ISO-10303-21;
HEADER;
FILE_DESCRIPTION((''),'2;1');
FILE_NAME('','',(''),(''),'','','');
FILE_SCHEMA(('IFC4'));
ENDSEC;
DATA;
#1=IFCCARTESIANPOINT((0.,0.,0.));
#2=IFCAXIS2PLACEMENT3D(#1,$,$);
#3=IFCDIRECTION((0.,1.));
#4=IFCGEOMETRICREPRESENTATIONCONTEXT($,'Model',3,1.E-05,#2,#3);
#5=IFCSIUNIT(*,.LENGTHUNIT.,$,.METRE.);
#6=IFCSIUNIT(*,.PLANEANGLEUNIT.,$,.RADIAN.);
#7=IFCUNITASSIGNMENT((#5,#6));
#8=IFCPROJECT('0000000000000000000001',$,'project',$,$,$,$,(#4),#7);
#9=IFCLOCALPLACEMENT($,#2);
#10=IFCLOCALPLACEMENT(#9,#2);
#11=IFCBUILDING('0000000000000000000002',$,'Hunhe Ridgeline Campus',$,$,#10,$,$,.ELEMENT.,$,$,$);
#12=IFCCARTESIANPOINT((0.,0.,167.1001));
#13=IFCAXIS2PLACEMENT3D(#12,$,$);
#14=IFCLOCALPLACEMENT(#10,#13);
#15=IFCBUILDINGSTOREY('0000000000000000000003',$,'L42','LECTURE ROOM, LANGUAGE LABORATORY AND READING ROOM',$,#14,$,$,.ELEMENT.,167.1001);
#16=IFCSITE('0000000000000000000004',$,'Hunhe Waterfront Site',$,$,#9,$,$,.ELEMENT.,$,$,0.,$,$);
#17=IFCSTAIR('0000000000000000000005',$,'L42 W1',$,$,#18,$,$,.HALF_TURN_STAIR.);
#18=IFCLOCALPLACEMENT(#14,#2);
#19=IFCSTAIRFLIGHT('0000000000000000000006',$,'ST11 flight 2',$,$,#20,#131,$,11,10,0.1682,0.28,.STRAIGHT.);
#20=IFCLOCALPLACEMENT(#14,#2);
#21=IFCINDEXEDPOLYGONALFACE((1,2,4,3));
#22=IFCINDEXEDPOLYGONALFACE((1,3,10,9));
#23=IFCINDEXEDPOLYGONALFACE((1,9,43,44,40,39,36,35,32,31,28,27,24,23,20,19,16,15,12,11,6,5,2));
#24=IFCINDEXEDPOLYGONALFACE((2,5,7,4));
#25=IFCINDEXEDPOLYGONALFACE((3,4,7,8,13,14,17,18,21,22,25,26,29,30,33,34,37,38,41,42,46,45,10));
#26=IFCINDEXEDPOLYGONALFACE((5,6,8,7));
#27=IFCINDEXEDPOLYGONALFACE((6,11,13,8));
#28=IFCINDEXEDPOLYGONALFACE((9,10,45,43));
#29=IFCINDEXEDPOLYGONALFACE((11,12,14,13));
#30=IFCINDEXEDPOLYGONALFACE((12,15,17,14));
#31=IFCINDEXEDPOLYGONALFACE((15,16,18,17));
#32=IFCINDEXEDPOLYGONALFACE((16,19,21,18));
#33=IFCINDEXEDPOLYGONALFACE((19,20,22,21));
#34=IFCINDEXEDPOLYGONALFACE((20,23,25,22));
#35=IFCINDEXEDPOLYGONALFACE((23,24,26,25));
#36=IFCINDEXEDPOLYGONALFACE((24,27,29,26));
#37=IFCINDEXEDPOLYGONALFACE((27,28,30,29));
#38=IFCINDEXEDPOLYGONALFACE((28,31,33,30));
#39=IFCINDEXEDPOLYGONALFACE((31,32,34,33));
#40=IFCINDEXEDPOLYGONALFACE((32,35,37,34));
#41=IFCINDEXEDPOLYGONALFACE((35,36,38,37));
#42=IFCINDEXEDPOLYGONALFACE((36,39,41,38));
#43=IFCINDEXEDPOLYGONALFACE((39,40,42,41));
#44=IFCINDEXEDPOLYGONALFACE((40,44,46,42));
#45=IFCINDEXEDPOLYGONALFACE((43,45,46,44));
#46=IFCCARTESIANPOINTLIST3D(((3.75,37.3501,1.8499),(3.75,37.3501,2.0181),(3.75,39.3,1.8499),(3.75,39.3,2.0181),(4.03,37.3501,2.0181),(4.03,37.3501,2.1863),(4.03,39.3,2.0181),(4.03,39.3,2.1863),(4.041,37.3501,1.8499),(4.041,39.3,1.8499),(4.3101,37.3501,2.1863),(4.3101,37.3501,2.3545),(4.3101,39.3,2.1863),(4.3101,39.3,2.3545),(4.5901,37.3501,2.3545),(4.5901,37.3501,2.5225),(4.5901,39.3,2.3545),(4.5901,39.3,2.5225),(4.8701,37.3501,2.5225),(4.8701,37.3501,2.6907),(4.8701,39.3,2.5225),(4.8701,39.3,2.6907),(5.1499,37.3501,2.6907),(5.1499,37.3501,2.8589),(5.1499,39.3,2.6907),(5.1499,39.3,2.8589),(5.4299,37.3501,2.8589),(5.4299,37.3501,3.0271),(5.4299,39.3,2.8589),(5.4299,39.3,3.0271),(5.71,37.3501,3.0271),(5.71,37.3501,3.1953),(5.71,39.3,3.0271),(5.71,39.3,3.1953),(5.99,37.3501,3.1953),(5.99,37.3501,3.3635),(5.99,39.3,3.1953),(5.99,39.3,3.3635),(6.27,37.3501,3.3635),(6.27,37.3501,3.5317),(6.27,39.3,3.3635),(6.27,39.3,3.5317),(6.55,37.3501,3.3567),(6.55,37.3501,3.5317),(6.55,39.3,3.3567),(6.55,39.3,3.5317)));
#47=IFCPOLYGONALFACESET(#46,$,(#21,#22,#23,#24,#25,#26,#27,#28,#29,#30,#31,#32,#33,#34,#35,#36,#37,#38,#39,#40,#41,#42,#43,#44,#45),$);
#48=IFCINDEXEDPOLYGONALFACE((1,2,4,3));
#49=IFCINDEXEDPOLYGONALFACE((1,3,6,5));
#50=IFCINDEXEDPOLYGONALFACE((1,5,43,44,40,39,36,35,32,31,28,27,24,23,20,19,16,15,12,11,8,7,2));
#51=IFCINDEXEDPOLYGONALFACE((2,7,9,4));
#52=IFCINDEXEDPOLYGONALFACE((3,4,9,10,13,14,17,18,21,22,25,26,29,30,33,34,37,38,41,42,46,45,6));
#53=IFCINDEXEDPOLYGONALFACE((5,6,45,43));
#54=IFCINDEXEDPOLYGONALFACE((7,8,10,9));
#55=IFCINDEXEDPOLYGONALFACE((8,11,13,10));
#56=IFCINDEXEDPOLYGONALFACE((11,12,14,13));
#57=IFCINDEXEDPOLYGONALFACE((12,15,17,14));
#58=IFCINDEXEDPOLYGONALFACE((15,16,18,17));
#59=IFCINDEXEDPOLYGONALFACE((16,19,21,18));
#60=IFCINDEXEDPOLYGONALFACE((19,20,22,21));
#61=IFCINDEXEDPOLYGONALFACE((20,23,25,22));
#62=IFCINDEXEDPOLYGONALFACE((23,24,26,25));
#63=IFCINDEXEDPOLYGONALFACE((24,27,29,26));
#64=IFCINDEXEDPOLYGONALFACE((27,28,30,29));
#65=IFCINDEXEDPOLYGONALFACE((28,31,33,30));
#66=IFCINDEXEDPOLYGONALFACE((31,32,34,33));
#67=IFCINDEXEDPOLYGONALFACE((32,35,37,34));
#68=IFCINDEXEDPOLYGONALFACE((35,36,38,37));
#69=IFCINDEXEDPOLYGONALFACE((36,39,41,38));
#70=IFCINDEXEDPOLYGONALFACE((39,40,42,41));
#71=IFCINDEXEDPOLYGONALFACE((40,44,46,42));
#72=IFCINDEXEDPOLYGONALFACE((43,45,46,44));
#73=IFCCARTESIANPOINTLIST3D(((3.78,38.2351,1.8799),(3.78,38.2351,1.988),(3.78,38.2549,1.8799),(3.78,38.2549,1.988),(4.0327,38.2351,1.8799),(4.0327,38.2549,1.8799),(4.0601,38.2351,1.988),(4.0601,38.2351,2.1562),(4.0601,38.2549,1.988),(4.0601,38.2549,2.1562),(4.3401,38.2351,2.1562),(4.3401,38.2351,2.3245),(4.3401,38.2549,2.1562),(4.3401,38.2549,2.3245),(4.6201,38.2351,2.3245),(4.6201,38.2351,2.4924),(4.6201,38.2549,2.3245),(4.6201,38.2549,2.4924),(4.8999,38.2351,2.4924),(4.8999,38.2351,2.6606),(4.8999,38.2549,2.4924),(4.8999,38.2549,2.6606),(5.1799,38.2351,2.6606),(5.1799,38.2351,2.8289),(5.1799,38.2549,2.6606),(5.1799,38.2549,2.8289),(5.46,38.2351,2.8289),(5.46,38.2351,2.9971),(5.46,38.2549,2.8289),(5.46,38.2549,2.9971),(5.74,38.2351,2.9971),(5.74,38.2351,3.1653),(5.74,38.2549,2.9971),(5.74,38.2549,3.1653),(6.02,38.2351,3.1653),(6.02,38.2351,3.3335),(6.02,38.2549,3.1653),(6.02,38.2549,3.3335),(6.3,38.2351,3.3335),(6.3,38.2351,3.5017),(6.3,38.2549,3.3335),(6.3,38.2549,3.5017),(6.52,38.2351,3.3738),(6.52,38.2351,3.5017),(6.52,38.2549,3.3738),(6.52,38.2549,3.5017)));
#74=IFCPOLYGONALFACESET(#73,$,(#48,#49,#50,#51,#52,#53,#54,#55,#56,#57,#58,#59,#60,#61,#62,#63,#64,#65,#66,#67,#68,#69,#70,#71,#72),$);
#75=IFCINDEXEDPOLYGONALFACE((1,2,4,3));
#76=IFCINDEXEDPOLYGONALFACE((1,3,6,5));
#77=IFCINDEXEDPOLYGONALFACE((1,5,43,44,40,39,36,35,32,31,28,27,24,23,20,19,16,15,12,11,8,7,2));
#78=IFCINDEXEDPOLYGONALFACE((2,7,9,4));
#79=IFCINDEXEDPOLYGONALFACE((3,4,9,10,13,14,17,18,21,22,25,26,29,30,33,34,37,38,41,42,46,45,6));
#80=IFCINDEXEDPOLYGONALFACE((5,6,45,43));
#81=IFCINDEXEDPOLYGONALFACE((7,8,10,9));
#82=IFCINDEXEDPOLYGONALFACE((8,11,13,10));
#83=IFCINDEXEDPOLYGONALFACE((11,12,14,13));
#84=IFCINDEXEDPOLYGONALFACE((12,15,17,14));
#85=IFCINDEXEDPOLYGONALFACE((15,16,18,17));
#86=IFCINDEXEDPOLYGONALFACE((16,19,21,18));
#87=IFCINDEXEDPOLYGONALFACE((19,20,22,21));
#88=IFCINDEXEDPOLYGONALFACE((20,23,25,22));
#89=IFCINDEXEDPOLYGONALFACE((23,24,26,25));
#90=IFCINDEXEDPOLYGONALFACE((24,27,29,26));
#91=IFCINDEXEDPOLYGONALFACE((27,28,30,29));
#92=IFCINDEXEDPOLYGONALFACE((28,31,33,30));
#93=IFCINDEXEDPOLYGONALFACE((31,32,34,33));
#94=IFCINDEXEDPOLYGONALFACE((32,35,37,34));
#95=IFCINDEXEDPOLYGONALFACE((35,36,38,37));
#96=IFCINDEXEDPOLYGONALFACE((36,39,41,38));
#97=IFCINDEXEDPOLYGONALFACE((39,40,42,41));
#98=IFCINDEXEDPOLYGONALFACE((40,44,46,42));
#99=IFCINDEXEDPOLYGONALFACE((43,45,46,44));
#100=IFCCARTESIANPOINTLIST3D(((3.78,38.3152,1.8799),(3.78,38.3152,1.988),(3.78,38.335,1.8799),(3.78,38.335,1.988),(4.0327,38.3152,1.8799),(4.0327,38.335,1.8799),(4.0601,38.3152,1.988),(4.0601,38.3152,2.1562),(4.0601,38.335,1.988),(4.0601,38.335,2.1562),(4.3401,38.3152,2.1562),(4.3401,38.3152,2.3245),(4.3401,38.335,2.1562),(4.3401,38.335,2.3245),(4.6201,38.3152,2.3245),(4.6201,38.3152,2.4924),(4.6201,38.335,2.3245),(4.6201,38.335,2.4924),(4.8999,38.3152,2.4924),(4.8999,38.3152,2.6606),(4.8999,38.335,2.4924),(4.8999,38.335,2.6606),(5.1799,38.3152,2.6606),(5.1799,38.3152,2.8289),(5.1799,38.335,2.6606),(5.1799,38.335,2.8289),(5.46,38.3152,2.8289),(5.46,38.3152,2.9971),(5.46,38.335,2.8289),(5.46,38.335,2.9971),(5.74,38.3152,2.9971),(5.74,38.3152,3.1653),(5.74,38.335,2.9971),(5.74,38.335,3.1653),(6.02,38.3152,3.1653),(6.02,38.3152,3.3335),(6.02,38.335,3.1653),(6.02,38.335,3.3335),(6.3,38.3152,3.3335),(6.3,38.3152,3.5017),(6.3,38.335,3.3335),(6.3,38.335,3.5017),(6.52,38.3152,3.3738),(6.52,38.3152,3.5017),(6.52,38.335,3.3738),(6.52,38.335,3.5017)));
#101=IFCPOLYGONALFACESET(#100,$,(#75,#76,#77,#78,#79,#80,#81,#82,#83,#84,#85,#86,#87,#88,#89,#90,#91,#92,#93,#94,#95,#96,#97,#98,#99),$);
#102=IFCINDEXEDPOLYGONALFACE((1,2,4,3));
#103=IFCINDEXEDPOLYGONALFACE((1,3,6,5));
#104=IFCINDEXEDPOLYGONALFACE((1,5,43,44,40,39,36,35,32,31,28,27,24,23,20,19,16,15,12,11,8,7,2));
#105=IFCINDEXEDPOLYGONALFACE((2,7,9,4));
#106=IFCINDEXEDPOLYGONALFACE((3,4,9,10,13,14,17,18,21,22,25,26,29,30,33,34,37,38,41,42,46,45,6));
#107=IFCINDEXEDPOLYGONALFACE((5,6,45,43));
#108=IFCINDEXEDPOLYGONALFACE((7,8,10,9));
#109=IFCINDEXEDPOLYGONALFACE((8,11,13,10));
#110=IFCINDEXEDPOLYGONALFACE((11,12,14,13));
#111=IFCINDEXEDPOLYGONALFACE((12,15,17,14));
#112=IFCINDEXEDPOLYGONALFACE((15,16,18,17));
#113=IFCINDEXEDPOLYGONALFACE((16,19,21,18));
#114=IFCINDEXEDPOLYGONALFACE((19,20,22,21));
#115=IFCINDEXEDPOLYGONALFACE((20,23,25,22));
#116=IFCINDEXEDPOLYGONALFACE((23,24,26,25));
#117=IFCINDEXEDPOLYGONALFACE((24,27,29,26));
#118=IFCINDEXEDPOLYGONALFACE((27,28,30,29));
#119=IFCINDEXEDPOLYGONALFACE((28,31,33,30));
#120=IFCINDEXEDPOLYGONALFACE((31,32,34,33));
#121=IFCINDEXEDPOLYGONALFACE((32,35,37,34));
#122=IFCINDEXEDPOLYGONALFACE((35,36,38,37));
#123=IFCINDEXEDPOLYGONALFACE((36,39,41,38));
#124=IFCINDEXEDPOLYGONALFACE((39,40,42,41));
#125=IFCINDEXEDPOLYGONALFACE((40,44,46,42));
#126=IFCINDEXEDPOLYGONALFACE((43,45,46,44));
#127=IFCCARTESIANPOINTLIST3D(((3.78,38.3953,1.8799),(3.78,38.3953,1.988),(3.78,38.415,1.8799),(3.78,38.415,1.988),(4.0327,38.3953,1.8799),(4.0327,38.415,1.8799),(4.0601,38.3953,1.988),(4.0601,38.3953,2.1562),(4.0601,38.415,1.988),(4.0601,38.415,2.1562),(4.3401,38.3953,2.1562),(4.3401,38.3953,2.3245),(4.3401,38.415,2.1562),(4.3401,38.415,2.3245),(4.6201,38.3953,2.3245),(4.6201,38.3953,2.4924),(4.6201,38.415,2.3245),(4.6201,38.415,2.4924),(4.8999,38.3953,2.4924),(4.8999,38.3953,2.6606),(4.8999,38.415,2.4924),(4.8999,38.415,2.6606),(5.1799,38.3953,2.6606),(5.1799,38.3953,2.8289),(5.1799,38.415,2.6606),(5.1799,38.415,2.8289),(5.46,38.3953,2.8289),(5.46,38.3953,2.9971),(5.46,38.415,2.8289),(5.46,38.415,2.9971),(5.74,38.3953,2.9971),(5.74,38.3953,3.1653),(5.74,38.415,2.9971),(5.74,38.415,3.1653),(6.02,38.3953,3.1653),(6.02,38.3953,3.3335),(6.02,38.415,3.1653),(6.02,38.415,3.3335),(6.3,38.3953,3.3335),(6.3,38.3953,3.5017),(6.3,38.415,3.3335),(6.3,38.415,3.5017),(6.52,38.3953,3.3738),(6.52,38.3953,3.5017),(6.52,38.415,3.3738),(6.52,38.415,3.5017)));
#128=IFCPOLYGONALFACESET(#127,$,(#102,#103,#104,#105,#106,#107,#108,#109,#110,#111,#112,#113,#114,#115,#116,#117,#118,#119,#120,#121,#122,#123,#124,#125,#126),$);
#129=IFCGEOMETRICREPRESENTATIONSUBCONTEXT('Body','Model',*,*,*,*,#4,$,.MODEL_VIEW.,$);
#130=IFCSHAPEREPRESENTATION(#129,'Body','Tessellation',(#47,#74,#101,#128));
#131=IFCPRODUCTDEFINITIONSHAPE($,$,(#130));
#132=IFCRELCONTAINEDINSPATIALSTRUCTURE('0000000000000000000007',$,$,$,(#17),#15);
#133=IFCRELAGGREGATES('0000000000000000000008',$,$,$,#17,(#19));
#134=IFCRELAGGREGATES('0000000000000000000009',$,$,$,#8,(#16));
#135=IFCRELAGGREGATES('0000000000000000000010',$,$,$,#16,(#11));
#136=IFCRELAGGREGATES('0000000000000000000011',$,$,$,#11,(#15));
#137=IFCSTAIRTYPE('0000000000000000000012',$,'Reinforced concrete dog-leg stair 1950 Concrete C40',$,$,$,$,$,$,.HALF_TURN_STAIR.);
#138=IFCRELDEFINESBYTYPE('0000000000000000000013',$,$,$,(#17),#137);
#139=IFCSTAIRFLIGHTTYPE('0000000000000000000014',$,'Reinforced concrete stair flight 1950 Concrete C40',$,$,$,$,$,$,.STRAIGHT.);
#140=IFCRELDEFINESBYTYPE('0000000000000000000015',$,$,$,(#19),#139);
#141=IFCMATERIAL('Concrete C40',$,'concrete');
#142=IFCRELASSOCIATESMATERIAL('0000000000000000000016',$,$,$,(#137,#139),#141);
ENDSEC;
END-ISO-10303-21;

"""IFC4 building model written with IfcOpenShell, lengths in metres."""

from ifc_helpers import new_model, si_unit, direction, frame, origin, place, context, subcontext, project, spatial, polyline, outline, extrude, material, type_object, element, aggregate, save


model = new_model("IFC4")

# Units and contexts
model_context = context("Model", 3, precision=1e-05, world=origin(), true_north=direction((0.0, 1.0)))
body_context = subcontext(model_context, "Body", "Model", "MODEL_VIEW")
ifc_project = project(units=[si_unit("LENGTHUNIT", "METRE"), si_unit("PLANEANGLEUNIT", "RADIAN")], contexts=[model_context])

# Site, building, storey
site_placement = place(None, origin())
site = spatial("IfcSite", under=ifc_project, at=site_placement, Name="Hunhe Waterfront Site", CompositionType="ELEMENT", RefElevation=0.0)
building_placement = place(site_placement, origin())
building = spatial("IfcBuilding", under=site, at=building_placement, Name="Hunhe Ridgeline Campus", CompositionType="ELEMENT")
storey_placement = place(building_placement, frame((0.0, 0.0, 167.1001)))
storey = spatial("IfcBuildingStorey", under=building, at=storey_placement, Name="L42", Description="LECTURE ROOM, LANGUAGE LABORATORY AND READING ROOM", CompositionType="ELEMENT", Elevation=167.1001)

# Shared definitions
ifc_material_1 = material(Name="Concrete C40", Category="concrete")
stair_type = type_object("IfcStairType", Name="Reinforced concrete dog-leg stair 1950 Concrete C40", PredefinedType="HALF_TURN_STAIR", material=ifc_material_1)
stair_flight_type = type_object("IfcStairFlightType", Name="Reinforced concrete stair flight 1950 Concrete C40", PredefinedType="STRAIGHT", material=ifc_material_1)

# Stair, stair flight
stair_1_placement = place(storey_placement, origin())
stair_1 = element("IfcStair", 1, at=stair_1_placement, inside=storey, type_object=stair_type, Name="L42 W1", PredefinedType="HALF_TURN_STAIR")
stair_flight_1_placement = place(storey_placement, frame((3.75, 38.325, 1.8499), z_axis=(0.0, 0.0, 1.0), x_axis=(1.0, 0.0, 0.0)))
stair_flight_1 = element("IfcStairFlight", 2, at=stair_flight_1_placement, type_object=stair_flight_type, Name="ST11 flight 2", NumberOfRisers=11, NumberOfTreads=10, PredefinedType="STRAIGHT", RiserHeight=0.1682, TreadLength=0.28, context=body_context, shape_type="SweptSolid", body=[
    extrude(outline(polyline([(0.0, 0.0), (0.0, 0.1682), (0.28, 0.1682), (0.28, 0.3364), (0.5601, 0.3364), (0.5601, 0.5046), (0.8401, 0.5046), (0.8401, 0.6726), (1.1201, 0.6726), (1.1201, 0.8408), (1.3999, 0.8408), (1.3999, 1.009), (1.6799, 1.009), (1.6799, 1.1772), (1.96, 1.1772), (1.96, 1.3455), (2.24, 1.3455), (2.24, 1.5137), (2.52, 1.5137), (2.52, 1.6819), (2.8, 1.6819), (2.8, 1.8501), (2.8, 1.5068), (0.291, 0.0), (0.0, 0.0)])), frame((0.0, 0.9751, 0.0), z_axis=(0.0, -1.0, 0.0), x_axis=(1.0, 0.0, 0.0)), (0.0, 0.0, 1.0), 1.95),
    extrude(outline(polyline([(0.03, 0.03), (0.03, 0.1382), (0.3101, 0.1382), (0.3101, 0.3064), (0.5901, 0.3064), (0.5901, 0.4746), (0.8701, 0.4746), (0.8701, 0.6426), (1.1499, 0.6426), (1.1499, 0.8108), (1.4299, 0.8108), (1.4299, 0.979), (1.71, 0.979), (1.71, 1.1472), (1.99, 1.1472), (1.99, 1.3154), (2.27, 1.3154), (2.27, 1.4836), (2.55, 1.4836), (2.55, 1.6519), (2.77, 1.6519), (2.77, 1.5239), (0.2827, 0.03), (0.03, 0.03)])), frame((0.0, -0.0701, 0.0), z_axis=(0.0, -1.0, 0.0), x_axis=(1.0, 0.0, 0.0)), (0.0, 0.0, 1.0), 0.0198),
    extrude(outline(polyline([(0.03, 0.03), (0.03, 0.1382), (0.3101, 0.1382), (0.3101, 0.3064), (0.5901, 0.3064), (0.5901, 0.4746), (0.8701, 0.4746), (0.8701, 0.6426), (1.1499, 0.6426), (1.1499, 0.8108), (1.4299, 0.8108), (1.4299, 0.979), (1.71, 0.979), (1.71, 1.1472), (1.99, 1.1472), (1.99, 1.3154), (2.27, 1.3154), (2.27, 1.4836), (2.55, 1.4836), (2.55, 1.6519), (2.77, 1.6519), (2.77, 1.5239), (0.2827, 0.03), (0.03, 0.03)])), frame((0.0, 0.01, 0.0), z_axis=(0.0, -1.0, 0.0), x_axis=(1.0, 0.0, 0.0)), (0.0, 0.0, 1.0), 0.0198),
    extrude(outline(polyline([(0.03, 0.03), (0.03, 0.1382), (0.3101, 0.1382), (0.3101, 0.3064), (0.5901, 0.3064), (0.5901, 0.4746), (0.8701, 0.4746), (0.8701, 0.6426), (1.1499, 0.6426), (1.1499, 0.8108), (1.4299, 0.8108), (1.4299, 0.979), (1.71, 0.979), (1.71, 1.1472), (1.99, 1.1472), (1.99, 1.3154), (2.27, 1.3154), (2.27, 1.4836), (2.55, 1.4836), (2.55, 1.6519), (2.77, 1.6519), (2.77, 1.5239), (0.2827, 0.03), (0.03, 0.03)])), frame((0.0, 0.0901, 0.0), z_axis=(0.0, -1.0, 0.0), x_axis=(1.0, 0.0, 0.0)), (0.0, 0.0, 1.0), 0.0198),
])
aggregate(stair_1, [stair_flight_1])

save(model, "model.ifc")
